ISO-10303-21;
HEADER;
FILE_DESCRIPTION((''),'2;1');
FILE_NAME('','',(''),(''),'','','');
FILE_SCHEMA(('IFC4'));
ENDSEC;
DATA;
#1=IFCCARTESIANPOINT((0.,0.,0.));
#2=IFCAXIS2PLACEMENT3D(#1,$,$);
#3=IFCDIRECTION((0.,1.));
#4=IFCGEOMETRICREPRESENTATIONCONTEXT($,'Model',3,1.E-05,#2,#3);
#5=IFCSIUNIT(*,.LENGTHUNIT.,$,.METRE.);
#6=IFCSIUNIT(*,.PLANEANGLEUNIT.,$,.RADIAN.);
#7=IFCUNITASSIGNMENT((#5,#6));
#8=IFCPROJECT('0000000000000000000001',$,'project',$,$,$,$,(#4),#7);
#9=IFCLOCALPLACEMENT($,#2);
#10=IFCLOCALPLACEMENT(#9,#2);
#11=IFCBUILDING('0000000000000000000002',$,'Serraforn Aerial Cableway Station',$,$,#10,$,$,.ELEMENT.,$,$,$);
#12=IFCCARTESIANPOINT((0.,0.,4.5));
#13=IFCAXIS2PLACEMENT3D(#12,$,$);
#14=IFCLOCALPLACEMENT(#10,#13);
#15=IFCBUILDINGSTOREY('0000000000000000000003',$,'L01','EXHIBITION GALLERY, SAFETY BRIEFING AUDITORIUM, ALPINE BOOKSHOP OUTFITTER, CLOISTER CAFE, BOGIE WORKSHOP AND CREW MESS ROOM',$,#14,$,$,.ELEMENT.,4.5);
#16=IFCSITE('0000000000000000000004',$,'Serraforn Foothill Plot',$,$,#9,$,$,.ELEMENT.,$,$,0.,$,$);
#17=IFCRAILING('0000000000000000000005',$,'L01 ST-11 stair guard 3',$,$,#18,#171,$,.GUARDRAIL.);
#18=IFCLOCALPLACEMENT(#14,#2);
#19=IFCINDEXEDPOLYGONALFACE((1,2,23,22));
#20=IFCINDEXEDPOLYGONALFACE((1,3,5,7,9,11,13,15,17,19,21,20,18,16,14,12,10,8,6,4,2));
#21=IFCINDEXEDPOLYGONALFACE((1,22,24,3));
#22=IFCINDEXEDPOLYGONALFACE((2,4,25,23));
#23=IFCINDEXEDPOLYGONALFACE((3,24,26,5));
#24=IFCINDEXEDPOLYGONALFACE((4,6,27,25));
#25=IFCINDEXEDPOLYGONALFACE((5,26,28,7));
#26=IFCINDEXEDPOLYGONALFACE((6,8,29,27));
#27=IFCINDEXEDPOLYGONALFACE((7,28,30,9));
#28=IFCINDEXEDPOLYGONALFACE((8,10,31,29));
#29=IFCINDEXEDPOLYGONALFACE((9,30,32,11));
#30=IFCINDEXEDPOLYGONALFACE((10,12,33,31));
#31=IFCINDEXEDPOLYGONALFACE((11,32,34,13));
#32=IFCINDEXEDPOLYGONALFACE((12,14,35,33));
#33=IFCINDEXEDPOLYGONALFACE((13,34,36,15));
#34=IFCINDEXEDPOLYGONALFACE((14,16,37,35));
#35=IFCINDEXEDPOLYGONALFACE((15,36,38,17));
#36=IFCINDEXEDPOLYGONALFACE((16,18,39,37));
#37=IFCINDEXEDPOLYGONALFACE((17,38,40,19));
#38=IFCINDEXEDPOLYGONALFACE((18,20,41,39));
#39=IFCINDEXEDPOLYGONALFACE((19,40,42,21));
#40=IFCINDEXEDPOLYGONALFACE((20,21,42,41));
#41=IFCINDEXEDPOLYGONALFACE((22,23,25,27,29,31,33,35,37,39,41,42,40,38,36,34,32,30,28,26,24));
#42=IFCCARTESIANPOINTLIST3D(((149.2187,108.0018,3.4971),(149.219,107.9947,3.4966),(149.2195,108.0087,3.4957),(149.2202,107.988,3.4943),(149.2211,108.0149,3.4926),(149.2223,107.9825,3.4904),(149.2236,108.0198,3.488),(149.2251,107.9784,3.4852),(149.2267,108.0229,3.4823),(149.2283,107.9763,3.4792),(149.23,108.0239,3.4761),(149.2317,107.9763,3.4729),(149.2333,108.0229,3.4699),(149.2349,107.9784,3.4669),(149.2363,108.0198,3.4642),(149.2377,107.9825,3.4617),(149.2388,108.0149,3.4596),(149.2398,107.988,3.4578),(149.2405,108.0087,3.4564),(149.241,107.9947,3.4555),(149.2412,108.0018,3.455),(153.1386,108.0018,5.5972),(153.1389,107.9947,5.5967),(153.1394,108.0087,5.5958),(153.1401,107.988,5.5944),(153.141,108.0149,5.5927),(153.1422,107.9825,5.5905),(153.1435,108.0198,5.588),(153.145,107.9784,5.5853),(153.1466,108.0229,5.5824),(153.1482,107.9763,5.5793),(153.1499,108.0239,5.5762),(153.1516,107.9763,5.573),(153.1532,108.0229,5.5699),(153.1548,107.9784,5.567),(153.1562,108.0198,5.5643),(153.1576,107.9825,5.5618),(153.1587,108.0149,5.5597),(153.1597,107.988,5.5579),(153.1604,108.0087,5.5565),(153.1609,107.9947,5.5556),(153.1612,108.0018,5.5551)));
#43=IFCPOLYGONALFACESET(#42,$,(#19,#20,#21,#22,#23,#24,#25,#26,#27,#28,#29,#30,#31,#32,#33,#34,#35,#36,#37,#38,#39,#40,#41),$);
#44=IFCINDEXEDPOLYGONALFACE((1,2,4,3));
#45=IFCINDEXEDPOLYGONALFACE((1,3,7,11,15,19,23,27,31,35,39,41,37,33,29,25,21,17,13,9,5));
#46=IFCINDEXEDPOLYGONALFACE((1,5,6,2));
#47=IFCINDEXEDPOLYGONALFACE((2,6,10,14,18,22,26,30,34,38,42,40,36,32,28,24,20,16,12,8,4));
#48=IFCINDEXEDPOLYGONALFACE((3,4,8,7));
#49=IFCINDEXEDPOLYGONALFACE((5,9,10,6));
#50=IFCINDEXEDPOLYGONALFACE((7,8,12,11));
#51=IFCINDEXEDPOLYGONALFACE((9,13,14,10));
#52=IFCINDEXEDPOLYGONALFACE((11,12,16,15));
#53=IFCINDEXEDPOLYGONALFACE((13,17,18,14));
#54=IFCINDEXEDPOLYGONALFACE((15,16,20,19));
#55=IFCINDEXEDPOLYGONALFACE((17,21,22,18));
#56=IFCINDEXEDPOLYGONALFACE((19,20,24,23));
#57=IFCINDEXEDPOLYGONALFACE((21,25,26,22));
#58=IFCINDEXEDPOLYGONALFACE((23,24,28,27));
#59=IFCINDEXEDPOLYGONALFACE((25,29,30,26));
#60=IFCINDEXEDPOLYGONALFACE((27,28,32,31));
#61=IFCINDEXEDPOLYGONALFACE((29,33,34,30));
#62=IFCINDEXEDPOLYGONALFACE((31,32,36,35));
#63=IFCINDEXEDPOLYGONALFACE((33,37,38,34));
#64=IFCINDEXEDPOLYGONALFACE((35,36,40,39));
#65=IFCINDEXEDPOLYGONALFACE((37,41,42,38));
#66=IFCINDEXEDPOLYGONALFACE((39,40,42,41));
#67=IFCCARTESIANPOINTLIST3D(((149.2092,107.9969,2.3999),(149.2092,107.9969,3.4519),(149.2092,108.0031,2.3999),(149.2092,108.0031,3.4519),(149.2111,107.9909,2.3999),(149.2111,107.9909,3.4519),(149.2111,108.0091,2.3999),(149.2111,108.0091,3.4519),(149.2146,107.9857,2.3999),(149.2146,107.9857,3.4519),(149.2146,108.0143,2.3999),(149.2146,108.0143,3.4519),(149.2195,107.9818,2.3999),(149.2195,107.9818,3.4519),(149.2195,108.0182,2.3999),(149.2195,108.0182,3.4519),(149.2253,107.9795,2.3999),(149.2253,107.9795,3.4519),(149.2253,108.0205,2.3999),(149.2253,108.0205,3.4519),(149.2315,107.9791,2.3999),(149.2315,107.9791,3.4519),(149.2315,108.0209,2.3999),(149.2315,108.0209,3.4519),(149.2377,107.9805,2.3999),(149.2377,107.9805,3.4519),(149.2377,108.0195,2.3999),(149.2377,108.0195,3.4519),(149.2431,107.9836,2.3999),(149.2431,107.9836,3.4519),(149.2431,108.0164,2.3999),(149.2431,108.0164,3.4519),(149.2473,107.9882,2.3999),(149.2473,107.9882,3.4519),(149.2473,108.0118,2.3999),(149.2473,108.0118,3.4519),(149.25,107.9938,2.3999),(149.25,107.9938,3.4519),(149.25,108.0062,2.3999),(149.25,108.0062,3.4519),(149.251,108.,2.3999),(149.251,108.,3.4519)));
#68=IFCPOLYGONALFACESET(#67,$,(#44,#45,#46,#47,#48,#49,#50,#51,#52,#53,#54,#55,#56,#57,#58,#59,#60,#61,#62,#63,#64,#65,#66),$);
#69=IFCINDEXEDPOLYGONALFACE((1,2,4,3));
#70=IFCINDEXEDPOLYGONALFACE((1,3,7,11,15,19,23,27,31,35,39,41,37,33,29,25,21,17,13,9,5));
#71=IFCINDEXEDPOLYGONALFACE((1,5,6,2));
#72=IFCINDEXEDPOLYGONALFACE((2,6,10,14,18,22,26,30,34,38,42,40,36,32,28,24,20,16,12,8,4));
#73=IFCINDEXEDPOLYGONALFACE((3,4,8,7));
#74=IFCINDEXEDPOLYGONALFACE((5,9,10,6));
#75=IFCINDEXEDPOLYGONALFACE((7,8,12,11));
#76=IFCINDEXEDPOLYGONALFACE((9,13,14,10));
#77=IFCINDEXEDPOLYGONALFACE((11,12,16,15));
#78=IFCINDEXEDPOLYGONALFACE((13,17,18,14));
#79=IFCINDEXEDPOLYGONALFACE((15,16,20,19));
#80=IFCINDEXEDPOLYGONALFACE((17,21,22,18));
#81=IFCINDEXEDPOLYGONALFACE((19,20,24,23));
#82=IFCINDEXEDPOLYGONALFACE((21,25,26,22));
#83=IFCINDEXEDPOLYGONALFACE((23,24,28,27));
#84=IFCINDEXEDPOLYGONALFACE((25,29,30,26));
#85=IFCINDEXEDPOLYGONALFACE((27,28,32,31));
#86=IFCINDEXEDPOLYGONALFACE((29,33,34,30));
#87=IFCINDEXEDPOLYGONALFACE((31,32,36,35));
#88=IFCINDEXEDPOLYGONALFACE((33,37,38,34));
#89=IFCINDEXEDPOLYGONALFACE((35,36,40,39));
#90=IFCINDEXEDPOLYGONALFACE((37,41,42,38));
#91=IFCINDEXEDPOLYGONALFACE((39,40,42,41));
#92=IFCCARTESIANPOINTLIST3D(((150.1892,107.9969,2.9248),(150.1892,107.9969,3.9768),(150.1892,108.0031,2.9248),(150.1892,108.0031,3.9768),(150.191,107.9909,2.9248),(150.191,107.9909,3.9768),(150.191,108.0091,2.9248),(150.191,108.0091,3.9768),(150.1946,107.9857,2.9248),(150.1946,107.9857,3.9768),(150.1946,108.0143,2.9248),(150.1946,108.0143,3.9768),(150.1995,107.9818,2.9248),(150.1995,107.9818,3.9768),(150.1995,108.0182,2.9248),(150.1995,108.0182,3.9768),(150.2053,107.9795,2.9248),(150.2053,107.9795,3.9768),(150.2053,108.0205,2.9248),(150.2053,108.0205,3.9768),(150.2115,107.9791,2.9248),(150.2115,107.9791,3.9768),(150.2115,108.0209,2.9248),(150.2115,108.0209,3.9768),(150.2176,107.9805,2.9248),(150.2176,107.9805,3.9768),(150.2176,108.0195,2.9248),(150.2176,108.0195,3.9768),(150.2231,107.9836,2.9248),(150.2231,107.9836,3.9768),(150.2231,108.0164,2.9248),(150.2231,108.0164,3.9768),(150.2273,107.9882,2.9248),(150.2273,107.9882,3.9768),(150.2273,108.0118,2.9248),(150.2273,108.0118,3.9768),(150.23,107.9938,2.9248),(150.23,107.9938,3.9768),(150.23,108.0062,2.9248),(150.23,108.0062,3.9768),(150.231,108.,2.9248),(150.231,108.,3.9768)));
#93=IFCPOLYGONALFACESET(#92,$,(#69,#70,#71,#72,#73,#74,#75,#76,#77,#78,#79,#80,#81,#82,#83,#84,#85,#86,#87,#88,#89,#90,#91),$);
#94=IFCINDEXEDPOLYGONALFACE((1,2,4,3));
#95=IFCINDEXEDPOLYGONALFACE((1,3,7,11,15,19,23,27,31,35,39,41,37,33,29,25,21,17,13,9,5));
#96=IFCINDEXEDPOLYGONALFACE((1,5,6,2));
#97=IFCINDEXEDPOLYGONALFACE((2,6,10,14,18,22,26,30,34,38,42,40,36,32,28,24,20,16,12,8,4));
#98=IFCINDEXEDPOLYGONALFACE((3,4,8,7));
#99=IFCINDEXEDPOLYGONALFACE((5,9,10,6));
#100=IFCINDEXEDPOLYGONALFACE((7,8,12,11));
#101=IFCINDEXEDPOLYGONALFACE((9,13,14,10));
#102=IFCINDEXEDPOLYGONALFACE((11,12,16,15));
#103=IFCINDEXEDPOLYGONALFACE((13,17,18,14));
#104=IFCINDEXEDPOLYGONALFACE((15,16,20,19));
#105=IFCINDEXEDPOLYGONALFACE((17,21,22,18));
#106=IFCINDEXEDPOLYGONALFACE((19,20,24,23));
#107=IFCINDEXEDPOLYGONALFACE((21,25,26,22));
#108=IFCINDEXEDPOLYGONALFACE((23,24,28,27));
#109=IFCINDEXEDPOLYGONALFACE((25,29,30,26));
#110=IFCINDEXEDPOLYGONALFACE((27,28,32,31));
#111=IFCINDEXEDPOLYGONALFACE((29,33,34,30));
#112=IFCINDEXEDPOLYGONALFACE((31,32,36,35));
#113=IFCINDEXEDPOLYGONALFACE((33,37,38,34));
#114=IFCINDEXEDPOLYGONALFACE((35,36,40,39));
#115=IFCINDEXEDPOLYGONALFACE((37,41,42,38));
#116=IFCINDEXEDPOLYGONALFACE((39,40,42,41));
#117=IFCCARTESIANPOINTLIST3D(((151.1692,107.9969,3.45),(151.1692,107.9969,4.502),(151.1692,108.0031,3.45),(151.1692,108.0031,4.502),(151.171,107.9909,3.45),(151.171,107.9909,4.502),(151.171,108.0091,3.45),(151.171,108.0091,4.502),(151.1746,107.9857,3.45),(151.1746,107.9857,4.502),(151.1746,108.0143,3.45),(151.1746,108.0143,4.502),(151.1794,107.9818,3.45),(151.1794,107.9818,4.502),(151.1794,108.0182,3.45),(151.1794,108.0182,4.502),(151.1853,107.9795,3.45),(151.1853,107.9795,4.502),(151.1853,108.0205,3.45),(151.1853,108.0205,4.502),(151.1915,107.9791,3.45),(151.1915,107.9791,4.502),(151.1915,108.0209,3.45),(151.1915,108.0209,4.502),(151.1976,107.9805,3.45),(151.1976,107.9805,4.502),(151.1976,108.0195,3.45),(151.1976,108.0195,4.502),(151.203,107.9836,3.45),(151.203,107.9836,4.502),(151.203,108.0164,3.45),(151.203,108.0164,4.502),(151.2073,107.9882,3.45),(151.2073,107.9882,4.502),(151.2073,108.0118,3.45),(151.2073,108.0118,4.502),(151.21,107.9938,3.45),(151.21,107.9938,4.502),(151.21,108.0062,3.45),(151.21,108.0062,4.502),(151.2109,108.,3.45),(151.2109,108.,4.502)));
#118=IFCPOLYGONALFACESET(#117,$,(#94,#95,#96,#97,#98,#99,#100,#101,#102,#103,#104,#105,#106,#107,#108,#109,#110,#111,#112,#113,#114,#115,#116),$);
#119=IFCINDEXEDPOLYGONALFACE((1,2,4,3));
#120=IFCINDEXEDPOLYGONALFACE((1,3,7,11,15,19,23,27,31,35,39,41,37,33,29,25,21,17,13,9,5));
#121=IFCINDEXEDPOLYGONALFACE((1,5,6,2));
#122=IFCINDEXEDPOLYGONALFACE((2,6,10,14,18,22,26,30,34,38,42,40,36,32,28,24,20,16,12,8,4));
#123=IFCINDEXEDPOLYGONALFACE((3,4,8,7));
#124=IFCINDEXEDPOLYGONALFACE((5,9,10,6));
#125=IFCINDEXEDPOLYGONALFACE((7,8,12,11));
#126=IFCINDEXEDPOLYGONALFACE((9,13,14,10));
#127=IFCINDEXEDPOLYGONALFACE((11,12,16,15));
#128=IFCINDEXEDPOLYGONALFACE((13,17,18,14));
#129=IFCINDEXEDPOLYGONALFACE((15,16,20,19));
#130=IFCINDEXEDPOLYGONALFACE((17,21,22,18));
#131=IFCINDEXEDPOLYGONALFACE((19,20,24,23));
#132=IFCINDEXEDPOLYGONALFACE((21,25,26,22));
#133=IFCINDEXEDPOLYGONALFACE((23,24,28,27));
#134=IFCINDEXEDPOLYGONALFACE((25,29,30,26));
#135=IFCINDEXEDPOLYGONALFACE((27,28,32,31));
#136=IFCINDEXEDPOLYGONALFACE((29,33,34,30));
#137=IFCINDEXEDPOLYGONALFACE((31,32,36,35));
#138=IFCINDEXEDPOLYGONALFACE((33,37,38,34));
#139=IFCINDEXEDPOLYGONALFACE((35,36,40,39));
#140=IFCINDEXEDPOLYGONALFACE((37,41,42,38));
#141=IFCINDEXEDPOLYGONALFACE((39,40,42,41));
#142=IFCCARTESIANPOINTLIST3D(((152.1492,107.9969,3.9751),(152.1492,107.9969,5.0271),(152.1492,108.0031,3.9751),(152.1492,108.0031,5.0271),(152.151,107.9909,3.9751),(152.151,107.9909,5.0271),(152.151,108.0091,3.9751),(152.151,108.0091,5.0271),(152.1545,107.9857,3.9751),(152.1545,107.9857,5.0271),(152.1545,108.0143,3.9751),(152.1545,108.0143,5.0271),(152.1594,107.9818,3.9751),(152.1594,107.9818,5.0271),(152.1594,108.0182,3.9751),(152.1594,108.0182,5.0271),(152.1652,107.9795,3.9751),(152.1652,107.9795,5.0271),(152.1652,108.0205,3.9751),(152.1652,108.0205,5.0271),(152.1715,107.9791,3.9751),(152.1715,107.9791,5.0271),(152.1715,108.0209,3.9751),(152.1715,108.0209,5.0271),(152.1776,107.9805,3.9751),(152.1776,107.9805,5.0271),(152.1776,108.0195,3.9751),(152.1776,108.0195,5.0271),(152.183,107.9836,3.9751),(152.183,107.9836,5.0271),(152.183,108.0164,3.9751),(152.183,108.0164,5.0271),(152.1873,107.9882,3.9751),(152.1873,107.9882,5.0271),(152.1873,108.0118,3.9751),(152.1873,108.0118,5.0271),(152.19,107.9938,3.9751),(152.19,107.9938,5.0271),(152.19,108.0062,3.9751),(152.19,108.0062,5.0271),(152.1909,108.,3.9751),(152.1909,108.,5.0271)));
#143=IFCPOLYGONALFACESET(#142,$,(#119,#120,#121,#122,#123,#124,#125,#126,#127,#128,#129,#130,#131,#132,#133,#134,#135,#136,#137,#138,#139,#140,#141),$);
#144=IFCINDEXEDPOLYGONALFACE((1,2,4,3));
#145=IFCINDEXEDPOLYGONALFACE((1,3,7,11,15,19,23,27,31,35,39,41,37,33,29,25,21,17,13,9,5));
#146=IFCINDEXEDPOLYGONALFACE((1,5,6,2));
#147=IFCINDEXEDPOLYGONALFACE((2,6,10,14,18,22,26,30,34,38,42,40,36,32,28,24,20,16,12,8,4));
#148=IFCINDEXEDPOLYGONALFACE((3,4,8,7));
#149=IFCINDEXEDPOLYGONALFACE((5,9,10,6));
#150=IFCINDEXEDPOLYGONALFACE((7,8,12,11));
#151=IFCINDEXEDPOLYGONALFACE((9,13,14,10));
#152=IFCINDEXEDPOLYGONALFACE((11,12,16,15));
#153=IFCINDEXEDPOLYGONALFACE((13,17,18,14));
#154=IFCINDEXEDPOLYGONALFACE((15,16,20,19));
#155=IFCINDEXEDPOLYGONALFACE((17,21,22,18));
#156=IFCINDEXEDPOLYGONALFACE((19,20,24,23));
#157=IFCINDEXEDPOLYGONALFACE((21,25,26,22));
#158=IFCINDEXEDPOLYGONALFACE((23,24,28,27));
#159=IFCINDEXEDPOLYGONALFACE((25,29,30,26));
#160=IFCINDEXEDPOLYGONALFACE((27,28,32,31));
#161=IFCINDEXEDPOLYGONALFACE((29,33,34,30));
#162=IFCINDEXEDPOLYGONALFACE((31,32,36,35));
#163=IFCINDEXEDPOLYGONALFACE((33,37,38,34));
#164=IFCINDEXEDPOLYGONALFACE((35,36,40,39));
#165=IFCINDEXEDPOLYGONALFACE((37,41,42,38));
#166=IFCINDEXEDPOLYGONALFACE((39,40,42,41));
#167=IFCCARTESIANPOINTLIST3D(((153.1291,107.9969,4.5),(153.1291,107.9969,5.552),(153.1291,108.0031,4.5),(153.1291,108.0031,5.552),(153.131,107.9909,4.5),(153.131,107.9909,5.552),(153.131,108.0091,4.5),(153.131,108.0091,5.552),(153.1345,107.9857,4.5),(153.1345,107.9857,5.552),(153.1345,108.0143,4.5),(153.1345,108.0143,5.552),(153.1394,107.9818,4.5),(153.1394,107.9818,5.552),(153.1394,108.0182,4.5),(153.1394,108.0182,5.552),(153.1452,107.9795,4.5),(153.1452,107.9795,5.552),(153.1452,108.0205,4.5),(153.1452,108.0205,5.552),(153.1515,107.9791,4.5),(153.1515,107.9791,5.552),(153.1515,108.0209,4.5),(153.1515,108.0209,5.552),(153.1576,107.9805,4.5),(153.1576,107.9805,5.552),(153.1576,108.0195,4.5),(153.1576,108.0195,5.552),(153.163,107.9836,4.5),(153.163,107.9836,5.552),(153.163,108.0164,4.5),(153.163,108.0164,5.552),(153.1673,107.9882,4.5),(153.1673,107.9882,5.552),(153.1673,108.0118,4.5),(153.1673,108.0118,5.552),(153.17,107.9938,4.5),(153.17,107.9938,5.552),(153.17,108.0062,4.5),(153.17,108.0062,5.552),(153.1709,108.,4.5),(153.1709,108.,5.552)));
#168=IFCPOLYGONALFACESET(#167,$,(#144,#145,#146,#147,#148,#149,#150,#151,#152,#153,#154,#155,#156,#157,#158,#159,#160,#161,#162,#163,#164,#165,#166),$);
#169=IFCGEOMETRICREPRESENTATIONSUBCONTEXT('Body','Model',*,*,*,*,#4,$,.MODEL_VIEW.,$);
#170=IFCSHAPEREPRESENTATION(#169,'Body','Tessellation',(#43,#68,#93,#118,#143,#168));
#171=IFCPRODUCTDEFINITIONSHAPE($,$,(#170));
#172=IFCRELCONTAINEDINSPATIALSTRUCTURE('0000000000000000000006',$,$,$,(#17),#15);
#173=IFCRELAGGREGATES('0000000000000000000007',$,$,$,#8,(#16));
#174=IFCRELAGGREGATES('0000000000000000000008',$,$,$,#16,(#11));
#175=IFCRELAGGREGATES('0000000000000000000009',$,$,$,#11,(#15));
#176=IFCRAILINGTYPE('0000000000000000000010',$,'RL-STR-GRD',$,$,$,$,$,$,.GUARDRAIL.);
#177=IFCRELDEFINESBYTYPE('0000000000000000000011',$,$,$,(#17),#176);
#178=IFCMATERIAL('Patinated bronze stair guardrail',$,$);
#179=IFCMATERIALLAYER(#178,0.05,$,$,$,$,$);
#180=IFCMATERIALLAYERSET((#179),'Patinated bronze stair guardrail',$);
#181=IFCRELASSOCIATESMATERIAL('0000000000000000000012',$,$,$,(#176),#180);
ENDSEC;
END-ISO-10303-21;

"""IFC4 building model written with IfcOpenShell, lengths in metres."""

from ifc_helpers import new_model, si_unit, direction, frame, origin, origin_2d, place, context, subcontext, project, spatial, circle, extrude, material, layer, layer_set, type_object, element, save


model = new_model("IFC4")

# Units and contexts
model_context = context("Model", 3, precision=1e-05, world=origin(), true_north=direction((0.0, 1.0)))
body_context = subcontext(model_context, "Body", "Model", "MODEL_VIEW")
ifc_project = project(units=[si_unit("LENGTHUNIT", "METRE"), si_unit("PLANEANGLEUNIT", "RADIAN")], contexts=[model_context])

# Site, building, storey
site_placement = place(None, origin())
site = spatial("IfcSite", under=ifc_project, at=site_placement, Name="Serraforn Foothill Plot", CompositionType="ELEMENT", RefElevation=0.0)
building_placement = place(site_placement, origin())
building = spatial("IfcBuilding", under=site, at=building_placement, Name="Serraforn Aerial Cableway Station", CompositionType="ELEMENT")
storey_placement = place(building_placement, frame((0.0, 0.0, 4.5)))
storey = spatial("IfcBuildingStorey", under=building, at=storey_placement, Name="L01", Description="EXHIBITION GALLERY, SAFETY BRIEFING AUDITORIUM, ALPINE BOOKSHOP OUTFITTER, CLOISTER CAFE, BOGIE WORKSHOP AND CREW MESS ROOM", CompositionType="ELEMENT", Elevation=4.5)

# Railing
ifc_material_1 = material(Name="Patinated bronze stair guardrail")
ifc_layer_1 = layer(ifc_material_1, 0.05)
ifc_layer_set_1 = layer_set([ifc_layer_1], Name="Patinated bronze stair guardrail")
railing_type_1 = type_object("IfcRailingType", Name="RL-STR-GRD", PredefinedType="GUARDRAIL", material=ifc_layer_set_1)
railing_1_placement = place(storey_placement, frame((149.23, 108.0, 2.3999)))
element("IfcRailing", 1, at=railing_1_placement, inside=storey, type_object=railing_type_1, Name="L01 ST-11 stair guard 3", PredefinedType="GUARDRAIL", context=body_context, shape_type="SweptSolid", body=[
    extrude(circle(Radius=0.0239, at=origin_2d()), frame((0.0, 0.0, 1.0762), z_axis=(0.881467, 0.0, 0.472246), x_axis=(0.0, 1.0, 0.0)), (0.0, 0.0, 1.0), 4.447),
    extrude(circle(Radius=0.021, at=origin_2d()), origin(), (0.0, 0.0, 1.0), 1.052),
    extrude(circle(Radius=0.021, at=origin_2d()), frame((0.98, 0.0, 0.5249)), (0.0, 0.0, 1.0), 1.052),
    extrude(circle(Radius=0.021, at=origin_2d()), frame((1.96, 0.0, 1.05)), (0.0, 0.0, 1.0), 1.052),
    extrude(circle(Radius=0.021, at=origin_2d()), frame((2.9399, 0.0, 1.5752)), (0.0, 0.0, 1.0), 1.052),
    extrude(circle(Radius=0.021, at=origin_2d()), frame((3.9199, 0.0, 2.1001)), (0.0, 0.0, 1.0), 1.052),
])

save(model, "model.ifc")
